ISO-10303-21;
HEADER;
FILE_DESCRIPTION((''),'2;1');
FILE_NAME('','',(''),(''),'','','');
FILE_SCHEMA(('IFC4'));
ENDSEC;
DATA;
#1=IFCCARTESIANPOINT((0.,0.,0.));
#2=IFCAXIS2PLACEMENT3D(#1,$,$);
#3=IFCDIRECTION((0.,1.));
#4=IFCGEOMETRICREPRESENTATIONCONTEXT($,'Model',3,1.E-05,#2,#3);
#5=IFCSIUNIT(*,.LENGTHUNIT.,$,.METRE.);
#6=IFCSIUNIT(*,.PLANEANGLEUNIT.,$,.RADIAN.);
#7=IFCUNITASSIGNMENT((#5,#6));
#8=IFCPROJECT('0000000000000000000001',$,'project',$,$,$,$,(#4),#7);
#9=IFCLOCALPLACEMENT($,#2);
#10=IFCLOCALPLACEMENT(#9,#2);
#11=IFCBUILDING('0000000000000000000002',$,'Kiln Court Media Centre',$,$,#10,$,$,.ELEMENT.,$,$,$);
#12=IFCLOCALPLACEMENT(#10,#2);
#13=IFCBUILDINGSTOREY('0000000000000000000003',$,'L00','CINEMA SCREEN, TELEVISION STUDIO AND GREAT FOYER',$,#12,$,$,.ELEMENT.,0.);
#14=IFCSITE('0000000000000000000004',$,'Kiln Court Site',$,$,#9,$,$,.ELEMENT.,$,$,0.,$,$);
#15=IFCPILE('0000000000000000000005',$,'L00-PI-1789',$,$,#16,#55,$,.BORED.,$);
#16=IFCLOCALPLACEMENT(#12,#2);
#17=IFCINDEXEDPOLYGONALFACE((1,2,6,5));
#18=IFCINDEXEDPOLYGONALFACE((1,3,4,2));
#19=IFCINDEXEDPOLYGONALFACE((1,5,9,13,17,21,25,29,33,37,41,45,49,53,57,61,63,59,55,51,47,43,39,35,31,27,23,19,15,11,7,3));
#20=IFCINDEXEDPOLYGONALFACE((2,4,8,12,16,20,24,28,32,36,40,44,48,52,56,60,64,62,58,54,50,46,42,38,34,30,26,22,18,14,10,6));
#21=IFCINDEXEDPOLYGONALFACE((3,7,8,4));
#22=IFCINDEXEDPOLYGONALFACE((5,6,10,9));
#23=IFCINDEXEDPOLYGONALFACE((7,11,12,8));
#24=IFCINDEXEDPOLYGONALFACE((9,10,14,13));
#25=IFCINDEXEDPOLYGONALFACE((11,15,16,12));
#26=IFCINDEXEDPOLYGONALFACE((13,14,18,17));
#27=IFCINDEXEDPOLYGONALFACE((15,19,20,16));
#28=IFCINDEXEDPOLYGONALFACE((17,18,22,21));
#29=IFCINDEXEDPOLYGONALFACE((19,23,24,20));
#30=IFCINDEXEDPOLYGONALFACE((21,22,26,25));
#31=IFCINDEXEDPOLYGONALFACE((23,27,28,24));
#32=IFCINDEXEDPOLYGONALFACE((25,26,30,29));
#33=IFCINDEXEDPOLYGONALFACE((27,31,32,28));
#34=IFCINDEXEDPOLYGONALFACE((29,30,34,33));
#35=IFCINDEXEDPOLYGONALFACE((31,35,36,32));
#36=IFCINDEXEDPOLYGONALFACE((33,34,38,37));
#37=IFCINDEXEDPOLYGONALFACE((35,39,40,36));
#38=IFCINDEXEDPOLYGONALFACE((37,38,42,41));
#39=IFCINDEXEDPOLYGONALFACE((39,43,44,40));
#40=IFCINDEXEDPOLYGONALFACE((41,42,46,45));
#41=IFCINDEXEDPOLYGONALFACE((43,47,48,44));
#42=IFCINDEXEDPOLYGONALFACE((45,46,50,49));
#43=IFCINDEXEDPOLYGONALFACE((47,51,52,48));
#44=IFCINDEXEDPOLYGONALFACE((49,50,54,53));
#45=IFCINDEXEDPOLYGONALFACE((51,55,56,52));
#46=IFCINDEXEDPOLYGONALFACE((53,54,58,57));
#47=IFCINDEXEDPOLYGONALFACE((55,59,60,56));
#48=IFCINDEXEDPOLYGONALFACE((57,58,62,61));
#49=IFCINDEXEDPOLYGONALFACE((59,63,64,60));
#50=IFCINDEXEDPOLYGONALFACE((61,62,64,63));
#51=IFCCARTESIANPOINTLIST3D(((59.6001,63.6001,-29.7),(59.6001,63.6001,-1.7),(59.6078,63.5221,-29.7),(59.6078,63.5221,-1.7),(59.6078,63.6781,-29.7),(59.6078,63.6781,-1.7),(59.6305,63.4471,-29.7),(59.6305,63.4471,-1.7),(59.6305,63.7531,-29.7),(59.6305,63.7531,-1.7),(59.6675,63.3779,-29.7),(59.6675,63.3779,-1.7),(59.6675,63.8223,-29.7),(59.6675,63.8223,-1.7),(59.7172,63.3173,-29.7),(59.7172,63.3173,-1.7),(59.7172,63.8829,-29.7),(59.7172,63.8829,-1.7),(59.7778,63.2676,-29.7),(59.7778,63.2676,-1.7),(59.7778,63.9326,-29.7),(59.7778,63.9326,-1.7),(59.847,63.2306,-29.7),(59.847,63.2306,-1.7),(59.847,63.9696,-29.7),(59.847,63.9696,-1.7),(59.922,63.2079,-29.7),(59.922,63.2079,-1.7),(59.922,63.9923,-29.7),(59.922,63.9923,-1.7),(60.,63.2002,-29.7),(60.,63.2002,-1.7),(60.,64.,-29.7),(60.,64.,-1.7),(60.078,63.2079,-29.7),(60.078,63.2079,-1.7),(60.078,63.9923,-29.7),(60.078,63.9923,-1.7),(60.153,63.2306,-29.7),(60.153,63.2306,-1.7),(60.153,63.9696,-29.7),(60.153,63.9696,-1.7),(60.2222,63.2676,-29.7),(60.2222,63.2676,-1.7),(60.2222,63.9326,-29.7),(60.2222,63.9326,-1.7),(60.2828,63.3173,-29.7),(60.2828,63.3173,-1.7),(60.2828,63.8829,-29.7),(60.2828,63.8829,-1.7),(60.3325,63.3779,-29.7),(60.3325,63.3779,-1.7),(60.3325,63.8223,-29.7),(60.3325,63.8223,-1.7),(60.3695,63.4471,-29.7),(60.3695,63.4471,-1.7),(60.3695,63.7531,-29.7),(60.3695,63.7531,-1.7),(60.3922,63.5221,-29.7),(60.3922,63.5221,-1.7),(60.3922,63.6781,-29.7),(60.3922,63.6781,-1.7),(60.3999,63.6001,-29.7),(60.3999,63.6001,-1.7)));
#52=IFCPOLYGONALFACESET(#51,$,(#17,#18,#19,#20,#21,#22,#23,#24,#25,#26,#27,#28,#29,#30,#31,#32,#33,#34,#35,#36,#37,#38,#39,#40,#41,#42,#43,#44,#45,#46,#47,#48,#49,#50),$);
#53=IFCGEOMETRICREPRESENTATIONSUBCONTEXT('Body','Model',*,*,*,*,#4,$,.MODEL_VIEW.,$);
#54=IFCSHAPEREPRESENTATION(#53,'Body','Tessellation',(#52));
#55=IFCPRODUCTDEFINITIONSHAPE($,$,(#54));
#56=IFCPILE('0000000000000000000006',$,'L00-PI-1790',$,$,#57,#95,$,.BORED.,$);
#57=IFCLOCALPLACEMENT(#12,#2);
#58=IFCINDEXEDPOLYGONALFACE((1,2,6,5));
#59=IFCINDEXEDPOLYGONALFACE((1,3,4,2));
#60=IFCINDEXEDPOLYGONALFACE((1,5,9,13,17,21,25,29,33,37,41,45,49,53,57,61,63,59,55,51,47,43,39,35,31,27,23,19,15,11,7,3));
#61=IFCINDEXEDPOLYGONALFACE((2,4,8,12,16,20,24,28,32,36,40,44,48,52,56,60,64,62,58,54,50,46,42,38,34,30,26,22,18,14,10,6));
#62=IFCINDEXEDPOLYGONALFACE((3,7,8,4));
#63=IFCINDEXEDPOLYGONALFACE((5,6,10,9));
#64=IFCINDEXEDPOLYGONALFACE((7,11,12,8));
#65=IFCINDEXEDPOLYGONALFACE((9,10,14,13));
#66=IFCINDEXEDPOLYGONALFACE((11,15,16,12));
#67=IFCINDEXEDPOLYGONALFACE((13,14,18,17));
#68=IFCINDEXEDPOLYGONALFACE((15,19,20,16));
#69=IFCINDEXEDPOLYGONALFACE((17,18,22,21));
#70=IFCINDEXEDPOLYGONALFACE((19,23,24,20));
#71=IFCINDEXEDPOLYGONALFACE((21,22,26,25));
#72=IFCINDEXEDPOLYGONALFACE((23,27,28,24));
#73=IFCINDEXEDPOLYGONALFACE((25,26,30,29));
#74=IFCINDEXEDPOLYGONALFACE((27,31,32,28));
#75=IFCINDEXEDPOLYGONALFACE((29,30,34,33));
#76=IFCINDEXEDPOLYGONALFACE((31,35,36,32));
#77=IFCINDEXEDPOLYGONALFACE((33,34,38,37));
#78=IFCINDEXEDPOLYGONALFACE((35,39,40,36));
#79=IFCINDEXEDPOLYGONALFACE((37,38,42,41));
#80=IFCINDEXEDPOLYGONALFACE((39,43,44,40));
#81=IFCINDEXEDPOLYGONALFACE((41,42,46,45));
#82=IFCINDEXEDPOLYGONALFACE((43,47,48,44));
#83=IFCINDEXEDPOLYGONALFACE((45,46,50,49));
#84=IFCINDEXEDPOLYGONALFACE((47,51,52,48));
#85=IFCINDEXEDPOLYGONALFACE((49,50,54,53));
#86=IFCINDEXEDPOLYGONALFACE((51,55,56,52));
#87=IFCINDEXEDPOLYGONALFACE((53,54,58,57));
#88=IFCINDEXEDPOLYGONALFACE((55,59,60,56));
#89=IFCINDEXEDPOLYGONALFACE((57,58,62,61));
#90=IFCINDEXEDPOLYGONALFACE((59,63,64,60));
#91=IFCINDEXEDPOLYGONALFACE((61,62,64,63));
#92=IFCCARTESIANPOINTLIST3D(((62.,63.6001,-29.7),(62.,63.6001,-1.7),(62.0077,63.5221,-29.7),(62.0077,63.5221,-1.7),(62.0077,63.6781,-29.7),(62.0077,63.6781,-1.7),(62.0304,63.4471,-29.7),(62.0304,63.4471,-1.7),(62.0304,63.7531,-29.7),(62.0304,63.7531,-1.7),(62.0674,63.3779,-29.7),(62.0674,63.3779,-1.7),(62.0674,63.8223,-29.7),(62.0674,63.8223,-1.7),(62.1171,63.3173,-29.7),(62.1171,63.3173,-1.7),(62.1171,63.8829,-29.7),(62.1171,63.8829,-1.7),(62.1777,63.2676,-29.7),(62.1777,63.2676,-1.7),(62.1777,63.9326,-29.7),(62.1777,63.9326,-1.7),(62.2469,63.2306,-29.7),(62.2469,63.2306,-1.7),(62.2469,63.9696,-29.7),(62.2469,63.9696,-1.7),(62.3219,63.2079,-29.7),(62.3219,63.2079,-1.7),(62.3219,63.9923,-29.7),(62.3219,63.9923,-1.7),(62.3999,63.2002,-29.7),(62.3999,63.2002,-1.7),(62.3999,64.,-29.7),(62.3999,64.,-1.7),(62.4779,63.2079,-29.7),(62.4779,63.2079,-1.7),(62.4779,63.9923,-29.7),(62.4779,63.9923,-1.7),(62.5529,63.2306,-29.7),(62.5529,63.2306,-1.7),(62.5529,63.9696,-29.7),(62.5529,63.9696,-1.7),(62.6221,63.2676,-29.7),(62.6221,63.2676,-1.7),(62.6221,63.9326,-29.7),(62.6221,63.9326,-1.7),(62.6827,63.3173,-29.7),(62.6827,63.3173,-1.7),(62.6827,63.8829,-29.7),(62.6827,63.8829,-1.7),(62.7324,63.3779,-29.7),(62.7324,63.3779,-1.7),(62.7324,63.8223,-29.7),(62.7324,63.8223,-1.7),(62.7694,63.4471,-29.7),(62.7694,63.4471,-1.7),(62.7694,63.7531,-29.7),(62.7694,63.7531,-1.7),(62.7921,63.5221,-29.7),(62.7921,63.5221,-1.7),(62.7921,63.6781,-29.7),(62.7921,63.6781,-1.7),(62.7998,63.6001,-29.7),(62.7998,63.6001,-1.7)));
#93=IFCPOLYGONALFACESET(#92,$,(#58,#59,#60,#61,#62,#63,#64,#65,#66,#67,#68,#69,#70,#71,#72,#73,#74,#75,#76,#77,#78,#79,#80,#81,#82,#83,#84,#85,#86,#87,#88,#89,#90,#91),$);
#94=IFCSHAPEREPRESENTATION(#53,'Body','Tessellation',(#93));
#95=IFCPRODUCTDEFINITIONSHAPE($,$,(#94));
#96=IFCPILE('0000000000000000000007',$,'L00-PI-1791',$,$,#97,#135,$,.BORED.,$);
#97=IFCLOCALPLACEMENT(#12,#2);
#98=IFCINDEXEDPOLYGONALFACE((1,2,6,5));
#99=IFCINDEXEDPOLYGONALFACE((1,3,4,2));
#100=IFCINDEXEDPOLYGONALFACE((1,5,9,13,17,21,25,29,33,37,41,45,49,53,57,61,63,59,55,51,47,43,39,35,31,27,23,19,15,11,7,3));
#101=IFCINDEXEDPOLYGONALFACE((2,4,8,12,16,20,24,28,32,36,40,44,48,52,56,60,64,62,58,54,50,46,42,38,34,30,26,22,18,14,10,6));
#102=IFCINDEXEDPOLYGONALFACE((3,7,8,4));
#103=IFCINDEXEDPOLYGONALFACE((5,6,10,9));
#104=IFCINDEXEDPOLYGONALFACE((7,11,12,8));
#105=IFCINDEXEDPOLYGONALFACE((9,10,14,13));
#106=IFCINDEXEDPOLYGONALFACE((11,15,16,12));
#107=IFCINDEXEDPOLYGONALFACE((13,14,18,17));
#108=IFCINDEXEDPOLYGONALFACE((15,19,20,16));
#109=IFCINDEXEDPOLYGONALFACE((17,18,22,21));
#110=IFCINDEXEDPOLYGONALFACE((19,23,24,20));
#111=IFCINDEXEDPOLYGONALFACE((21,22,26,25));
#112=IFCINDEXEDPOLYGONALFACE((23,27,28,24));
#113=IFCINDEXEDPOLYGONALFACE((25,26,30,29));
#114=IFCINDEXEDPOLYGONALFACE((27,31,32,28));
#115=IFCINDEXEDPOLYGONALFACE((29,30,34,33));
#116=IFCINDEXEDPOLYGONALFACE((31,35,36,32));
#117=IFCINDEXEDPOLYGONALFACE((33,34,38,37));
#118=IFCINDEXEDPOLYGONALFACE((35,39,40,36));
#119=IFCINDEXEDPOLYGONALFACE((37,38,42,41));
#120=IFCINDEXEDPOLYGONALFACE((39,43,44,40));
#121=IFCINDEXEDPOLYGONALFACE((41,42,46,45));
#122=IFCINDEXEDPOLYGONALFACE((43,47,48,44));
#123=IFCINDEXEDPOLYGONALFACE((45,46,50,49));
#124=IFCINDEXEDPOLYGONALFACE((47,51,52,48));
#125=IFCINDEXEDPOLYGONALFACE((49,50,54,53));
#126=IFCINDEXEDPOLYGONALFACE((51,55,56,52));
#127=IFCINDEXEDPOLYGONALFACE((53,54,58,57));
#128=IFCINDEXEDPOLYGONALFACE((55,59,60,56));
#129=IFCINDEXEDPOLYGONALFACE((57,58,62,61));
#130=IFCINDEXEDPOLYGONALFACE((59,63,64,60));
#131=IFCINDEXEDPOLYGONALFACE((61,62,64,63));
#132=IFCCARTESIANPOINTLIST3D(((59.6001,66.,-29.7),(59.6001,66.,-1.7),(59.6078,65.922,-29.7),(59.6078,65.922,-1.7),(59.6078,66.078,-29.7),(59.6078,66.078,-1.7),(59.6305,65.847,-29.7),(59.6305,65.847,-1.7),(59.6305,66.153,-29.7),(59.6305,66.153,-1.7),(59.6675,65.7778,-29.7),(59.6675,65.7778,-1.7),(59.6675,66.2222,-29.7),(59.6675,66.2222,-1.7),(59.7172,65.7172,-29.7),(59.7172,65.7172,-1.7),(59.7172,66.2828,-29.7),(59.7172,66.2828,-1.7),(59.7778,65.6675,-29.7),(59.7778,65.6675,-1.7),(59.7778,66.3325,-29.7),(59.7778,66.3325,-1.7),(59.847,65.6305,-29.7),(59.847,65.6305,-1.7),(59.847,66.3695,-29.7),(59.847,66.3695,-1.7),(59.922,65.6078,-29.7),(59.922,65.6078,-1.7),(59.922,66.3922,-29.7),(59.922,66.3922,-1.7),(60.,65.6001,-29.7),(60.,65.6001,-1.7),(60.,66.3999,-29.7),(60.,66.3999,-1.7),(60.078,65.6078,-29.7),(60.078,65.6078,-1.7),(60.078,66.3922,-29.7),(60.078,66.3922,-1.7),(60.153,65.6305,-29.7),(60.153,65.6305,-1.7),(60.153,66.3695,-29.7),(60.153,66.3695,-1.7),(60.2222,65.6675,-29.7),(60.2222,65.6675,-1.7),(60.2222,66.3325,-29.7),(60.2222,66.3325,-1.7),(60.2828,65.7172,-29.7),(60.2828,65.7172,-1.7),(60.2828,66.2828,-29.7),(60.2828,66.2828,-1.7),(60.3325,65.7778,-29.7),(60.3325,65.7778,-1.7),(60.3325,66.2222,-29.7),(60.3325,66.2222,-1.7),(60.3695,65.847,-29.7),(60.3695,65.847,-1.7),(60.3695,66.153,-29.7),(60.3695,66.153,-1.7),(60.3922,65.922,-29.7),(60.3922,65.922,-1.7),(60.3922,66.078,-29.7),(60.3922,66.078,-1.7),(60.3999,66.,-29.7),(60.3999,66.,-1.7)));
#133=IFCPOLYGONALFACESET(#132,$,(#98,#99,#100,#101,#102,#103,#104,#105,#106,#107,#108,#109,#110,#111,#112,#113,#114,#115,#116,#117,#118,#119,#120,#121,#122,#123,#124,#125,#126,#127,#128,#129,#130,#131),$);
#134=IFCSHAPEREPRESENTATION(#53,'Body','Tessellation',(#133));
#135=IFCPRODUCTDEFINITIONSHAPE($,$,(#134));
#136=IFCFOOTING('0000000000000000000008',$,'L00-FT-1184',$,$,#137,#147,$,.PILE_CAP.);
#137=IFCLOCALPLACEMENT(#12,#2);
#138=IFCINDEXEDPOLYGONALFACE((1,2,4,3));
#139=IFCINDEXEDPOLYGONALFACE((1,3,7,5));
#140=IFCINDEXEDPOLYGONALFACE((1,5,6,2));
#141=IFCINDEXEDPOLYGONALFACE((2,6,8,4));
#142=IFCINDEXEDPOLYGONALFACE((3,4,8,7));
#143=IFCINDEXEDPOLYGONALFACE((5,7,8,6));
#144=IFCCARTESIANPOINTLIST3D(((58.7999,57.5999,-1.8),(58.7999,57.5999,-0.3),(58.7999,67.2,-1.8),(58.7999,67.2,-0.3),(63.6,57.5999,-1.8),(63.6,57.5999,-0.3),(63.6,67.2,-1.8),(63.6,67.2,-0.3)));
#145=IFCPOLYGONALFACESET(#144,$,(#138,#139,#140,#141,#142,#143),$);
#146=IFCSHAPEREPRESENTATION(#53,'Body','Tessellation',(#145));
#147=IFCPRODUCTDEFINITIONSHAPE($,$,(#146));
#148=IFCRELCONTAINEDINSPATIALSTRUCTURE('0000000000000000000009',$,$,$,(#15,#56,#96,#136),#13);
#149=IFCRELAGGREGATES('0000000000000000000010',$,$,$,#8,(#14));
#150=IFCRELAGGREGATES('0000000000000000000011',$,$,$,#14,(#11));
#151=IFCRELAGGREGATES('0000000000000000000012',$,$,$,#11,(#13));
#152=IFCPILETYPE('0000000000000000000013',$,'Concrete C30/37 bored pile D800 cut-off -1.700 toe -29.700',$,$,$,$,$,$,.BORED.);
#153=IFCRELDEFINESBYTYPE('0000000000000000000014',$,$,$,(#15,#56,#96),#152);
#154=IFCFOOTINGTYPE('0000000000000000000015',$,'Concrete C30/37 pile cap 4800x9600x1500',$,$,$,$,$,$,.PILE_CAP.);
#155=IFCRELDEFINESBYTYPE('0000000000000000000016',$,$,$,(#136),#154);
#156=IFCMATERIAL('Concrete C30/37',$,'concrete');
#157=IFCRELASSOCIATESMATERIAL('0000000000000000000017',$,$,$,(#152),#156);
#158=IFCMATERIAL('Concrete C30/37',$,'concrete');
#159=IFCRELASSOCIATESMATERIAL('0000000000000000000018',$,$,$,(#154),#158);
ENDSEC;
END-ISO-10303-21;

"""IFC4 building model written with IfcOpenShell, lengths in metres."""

from ifc_helpers import new_model, si_unit, direction, frame, origin, origin_2d, place, context, subcontext, project, spatial, rectangle, circle, extrude, material, material_profile, profile_set, type_object, element, save


model = new_model("IFC4")

# Units and contexts
model_context = context("Model", 3, precision=1e-05, world=origin(), true_north=direction((0.0, 1.0)))
body_context = subcontext(model_context, "Body", "Model", "MODEL_VIEW")
ifc_project = project(units=[si_unit("LENGTHUNIT", "METRE"), si_unit("PLANEANGLEUNIT", "RADIAN")], contexts=[model_context])

# Site, building, storey
site_placement = place(None, origin())
site = spatial("IfcSite", under=ifc_project, at=site_placement, Name="Kiln Court Site", CompositionType="ELEMENT", RefElevation=0.0)
building_placement = place(site_placement, origin())
building = spatial("IfcBuilding", under=site, at=building_placement, Name="Kiln Court Media Centre", CompositionType="ELEMENT")
storey_placement = place(building_placement, origin())
storey = spatial("IfcBuildingStorey", under=building, at=storey_placement, Name="L00", Description="CINEMA SCREEN, TELEVISION STUDIO AND GREAT FOYER", CompositionType="ELEMENT", Elevation=0.0)

# Piles
ifc_material_1 = material(Name="Concrete C30/37", Category="concrete")
ifc_material_profile = material_profile(ifc_material_1, circle(Radius=0.3999, at=origin_2d()), Name="PILE D800")
ifc_profile_set = profile_set([ifc_material_profile], Name="Concrete C30/37")
pile_type = type_object("IfcPileType", Name="Concrete C30/37 bored pile D800 cut-off -1.700 toe -29.700", PredefinedType="BORED", material=ifc_profile_set)
for number, where, z_axis, x_axis, name in (
    (1, (60.0, 63.6001, -1.7), (0.0, 0.0, -1.0), (1.0, 0.0, 0.0), "L00-PI-1789"),
    (2, (62.3999, 63.6001, -1.7), (0.0, 0.0, -1.0), (1.0, 0.0, 0.0), "L00-PI-1790"),
    (3, (60.0, 66.0, -1.7), (0.0, 0.0, -1.0), (1.0, 0.0, 0.0), "L00-PI-1791"),
):
    element("IfcPile", number, at=place(storey_placement, frame(where, z_axis=z_axis, x_axis=x_axis)), inside=storey, type_object=pile_type, Name=name, PredefinedType="BORED", context=body_context, shape_type="SweptSolid", body=[
        extrude(circle(Radius=0.3999, at=origin_2d()), origin(), (0.0, 0.0, 1.0), 28.0),
    ])

# Footing
ifc_material_2 = material(Name="Concrete C30/37", Category="concrete")
footing_type = type_object("IfcFootingType", Name="Concrete C30/37 pile cap 4800x9600x1500", PredefinedType="PILE_CAP", material=ifc_material_2)
footing_placement = place(storey_placement, frame((61.2, 62.3999, -1.8), z_axis=(0.0, 0.0, 1.0), x_axis=(1.0, 0.0, 0.0)))
element("IfcFooting", 4, at=footing_placement, inside=storey, type_object=footing_type, Name="L00-FT-1184", PredefinedType="PILE_CAP", context=body_context, shape_type="SweptSolid", body=[
    extrude(rectangle(XDim=4.8, YDim=9.6001, at=origin_2d()), origin(), (0.0, 0.0, 1.0), 1.5),
])

save(model, "model.ifc")
